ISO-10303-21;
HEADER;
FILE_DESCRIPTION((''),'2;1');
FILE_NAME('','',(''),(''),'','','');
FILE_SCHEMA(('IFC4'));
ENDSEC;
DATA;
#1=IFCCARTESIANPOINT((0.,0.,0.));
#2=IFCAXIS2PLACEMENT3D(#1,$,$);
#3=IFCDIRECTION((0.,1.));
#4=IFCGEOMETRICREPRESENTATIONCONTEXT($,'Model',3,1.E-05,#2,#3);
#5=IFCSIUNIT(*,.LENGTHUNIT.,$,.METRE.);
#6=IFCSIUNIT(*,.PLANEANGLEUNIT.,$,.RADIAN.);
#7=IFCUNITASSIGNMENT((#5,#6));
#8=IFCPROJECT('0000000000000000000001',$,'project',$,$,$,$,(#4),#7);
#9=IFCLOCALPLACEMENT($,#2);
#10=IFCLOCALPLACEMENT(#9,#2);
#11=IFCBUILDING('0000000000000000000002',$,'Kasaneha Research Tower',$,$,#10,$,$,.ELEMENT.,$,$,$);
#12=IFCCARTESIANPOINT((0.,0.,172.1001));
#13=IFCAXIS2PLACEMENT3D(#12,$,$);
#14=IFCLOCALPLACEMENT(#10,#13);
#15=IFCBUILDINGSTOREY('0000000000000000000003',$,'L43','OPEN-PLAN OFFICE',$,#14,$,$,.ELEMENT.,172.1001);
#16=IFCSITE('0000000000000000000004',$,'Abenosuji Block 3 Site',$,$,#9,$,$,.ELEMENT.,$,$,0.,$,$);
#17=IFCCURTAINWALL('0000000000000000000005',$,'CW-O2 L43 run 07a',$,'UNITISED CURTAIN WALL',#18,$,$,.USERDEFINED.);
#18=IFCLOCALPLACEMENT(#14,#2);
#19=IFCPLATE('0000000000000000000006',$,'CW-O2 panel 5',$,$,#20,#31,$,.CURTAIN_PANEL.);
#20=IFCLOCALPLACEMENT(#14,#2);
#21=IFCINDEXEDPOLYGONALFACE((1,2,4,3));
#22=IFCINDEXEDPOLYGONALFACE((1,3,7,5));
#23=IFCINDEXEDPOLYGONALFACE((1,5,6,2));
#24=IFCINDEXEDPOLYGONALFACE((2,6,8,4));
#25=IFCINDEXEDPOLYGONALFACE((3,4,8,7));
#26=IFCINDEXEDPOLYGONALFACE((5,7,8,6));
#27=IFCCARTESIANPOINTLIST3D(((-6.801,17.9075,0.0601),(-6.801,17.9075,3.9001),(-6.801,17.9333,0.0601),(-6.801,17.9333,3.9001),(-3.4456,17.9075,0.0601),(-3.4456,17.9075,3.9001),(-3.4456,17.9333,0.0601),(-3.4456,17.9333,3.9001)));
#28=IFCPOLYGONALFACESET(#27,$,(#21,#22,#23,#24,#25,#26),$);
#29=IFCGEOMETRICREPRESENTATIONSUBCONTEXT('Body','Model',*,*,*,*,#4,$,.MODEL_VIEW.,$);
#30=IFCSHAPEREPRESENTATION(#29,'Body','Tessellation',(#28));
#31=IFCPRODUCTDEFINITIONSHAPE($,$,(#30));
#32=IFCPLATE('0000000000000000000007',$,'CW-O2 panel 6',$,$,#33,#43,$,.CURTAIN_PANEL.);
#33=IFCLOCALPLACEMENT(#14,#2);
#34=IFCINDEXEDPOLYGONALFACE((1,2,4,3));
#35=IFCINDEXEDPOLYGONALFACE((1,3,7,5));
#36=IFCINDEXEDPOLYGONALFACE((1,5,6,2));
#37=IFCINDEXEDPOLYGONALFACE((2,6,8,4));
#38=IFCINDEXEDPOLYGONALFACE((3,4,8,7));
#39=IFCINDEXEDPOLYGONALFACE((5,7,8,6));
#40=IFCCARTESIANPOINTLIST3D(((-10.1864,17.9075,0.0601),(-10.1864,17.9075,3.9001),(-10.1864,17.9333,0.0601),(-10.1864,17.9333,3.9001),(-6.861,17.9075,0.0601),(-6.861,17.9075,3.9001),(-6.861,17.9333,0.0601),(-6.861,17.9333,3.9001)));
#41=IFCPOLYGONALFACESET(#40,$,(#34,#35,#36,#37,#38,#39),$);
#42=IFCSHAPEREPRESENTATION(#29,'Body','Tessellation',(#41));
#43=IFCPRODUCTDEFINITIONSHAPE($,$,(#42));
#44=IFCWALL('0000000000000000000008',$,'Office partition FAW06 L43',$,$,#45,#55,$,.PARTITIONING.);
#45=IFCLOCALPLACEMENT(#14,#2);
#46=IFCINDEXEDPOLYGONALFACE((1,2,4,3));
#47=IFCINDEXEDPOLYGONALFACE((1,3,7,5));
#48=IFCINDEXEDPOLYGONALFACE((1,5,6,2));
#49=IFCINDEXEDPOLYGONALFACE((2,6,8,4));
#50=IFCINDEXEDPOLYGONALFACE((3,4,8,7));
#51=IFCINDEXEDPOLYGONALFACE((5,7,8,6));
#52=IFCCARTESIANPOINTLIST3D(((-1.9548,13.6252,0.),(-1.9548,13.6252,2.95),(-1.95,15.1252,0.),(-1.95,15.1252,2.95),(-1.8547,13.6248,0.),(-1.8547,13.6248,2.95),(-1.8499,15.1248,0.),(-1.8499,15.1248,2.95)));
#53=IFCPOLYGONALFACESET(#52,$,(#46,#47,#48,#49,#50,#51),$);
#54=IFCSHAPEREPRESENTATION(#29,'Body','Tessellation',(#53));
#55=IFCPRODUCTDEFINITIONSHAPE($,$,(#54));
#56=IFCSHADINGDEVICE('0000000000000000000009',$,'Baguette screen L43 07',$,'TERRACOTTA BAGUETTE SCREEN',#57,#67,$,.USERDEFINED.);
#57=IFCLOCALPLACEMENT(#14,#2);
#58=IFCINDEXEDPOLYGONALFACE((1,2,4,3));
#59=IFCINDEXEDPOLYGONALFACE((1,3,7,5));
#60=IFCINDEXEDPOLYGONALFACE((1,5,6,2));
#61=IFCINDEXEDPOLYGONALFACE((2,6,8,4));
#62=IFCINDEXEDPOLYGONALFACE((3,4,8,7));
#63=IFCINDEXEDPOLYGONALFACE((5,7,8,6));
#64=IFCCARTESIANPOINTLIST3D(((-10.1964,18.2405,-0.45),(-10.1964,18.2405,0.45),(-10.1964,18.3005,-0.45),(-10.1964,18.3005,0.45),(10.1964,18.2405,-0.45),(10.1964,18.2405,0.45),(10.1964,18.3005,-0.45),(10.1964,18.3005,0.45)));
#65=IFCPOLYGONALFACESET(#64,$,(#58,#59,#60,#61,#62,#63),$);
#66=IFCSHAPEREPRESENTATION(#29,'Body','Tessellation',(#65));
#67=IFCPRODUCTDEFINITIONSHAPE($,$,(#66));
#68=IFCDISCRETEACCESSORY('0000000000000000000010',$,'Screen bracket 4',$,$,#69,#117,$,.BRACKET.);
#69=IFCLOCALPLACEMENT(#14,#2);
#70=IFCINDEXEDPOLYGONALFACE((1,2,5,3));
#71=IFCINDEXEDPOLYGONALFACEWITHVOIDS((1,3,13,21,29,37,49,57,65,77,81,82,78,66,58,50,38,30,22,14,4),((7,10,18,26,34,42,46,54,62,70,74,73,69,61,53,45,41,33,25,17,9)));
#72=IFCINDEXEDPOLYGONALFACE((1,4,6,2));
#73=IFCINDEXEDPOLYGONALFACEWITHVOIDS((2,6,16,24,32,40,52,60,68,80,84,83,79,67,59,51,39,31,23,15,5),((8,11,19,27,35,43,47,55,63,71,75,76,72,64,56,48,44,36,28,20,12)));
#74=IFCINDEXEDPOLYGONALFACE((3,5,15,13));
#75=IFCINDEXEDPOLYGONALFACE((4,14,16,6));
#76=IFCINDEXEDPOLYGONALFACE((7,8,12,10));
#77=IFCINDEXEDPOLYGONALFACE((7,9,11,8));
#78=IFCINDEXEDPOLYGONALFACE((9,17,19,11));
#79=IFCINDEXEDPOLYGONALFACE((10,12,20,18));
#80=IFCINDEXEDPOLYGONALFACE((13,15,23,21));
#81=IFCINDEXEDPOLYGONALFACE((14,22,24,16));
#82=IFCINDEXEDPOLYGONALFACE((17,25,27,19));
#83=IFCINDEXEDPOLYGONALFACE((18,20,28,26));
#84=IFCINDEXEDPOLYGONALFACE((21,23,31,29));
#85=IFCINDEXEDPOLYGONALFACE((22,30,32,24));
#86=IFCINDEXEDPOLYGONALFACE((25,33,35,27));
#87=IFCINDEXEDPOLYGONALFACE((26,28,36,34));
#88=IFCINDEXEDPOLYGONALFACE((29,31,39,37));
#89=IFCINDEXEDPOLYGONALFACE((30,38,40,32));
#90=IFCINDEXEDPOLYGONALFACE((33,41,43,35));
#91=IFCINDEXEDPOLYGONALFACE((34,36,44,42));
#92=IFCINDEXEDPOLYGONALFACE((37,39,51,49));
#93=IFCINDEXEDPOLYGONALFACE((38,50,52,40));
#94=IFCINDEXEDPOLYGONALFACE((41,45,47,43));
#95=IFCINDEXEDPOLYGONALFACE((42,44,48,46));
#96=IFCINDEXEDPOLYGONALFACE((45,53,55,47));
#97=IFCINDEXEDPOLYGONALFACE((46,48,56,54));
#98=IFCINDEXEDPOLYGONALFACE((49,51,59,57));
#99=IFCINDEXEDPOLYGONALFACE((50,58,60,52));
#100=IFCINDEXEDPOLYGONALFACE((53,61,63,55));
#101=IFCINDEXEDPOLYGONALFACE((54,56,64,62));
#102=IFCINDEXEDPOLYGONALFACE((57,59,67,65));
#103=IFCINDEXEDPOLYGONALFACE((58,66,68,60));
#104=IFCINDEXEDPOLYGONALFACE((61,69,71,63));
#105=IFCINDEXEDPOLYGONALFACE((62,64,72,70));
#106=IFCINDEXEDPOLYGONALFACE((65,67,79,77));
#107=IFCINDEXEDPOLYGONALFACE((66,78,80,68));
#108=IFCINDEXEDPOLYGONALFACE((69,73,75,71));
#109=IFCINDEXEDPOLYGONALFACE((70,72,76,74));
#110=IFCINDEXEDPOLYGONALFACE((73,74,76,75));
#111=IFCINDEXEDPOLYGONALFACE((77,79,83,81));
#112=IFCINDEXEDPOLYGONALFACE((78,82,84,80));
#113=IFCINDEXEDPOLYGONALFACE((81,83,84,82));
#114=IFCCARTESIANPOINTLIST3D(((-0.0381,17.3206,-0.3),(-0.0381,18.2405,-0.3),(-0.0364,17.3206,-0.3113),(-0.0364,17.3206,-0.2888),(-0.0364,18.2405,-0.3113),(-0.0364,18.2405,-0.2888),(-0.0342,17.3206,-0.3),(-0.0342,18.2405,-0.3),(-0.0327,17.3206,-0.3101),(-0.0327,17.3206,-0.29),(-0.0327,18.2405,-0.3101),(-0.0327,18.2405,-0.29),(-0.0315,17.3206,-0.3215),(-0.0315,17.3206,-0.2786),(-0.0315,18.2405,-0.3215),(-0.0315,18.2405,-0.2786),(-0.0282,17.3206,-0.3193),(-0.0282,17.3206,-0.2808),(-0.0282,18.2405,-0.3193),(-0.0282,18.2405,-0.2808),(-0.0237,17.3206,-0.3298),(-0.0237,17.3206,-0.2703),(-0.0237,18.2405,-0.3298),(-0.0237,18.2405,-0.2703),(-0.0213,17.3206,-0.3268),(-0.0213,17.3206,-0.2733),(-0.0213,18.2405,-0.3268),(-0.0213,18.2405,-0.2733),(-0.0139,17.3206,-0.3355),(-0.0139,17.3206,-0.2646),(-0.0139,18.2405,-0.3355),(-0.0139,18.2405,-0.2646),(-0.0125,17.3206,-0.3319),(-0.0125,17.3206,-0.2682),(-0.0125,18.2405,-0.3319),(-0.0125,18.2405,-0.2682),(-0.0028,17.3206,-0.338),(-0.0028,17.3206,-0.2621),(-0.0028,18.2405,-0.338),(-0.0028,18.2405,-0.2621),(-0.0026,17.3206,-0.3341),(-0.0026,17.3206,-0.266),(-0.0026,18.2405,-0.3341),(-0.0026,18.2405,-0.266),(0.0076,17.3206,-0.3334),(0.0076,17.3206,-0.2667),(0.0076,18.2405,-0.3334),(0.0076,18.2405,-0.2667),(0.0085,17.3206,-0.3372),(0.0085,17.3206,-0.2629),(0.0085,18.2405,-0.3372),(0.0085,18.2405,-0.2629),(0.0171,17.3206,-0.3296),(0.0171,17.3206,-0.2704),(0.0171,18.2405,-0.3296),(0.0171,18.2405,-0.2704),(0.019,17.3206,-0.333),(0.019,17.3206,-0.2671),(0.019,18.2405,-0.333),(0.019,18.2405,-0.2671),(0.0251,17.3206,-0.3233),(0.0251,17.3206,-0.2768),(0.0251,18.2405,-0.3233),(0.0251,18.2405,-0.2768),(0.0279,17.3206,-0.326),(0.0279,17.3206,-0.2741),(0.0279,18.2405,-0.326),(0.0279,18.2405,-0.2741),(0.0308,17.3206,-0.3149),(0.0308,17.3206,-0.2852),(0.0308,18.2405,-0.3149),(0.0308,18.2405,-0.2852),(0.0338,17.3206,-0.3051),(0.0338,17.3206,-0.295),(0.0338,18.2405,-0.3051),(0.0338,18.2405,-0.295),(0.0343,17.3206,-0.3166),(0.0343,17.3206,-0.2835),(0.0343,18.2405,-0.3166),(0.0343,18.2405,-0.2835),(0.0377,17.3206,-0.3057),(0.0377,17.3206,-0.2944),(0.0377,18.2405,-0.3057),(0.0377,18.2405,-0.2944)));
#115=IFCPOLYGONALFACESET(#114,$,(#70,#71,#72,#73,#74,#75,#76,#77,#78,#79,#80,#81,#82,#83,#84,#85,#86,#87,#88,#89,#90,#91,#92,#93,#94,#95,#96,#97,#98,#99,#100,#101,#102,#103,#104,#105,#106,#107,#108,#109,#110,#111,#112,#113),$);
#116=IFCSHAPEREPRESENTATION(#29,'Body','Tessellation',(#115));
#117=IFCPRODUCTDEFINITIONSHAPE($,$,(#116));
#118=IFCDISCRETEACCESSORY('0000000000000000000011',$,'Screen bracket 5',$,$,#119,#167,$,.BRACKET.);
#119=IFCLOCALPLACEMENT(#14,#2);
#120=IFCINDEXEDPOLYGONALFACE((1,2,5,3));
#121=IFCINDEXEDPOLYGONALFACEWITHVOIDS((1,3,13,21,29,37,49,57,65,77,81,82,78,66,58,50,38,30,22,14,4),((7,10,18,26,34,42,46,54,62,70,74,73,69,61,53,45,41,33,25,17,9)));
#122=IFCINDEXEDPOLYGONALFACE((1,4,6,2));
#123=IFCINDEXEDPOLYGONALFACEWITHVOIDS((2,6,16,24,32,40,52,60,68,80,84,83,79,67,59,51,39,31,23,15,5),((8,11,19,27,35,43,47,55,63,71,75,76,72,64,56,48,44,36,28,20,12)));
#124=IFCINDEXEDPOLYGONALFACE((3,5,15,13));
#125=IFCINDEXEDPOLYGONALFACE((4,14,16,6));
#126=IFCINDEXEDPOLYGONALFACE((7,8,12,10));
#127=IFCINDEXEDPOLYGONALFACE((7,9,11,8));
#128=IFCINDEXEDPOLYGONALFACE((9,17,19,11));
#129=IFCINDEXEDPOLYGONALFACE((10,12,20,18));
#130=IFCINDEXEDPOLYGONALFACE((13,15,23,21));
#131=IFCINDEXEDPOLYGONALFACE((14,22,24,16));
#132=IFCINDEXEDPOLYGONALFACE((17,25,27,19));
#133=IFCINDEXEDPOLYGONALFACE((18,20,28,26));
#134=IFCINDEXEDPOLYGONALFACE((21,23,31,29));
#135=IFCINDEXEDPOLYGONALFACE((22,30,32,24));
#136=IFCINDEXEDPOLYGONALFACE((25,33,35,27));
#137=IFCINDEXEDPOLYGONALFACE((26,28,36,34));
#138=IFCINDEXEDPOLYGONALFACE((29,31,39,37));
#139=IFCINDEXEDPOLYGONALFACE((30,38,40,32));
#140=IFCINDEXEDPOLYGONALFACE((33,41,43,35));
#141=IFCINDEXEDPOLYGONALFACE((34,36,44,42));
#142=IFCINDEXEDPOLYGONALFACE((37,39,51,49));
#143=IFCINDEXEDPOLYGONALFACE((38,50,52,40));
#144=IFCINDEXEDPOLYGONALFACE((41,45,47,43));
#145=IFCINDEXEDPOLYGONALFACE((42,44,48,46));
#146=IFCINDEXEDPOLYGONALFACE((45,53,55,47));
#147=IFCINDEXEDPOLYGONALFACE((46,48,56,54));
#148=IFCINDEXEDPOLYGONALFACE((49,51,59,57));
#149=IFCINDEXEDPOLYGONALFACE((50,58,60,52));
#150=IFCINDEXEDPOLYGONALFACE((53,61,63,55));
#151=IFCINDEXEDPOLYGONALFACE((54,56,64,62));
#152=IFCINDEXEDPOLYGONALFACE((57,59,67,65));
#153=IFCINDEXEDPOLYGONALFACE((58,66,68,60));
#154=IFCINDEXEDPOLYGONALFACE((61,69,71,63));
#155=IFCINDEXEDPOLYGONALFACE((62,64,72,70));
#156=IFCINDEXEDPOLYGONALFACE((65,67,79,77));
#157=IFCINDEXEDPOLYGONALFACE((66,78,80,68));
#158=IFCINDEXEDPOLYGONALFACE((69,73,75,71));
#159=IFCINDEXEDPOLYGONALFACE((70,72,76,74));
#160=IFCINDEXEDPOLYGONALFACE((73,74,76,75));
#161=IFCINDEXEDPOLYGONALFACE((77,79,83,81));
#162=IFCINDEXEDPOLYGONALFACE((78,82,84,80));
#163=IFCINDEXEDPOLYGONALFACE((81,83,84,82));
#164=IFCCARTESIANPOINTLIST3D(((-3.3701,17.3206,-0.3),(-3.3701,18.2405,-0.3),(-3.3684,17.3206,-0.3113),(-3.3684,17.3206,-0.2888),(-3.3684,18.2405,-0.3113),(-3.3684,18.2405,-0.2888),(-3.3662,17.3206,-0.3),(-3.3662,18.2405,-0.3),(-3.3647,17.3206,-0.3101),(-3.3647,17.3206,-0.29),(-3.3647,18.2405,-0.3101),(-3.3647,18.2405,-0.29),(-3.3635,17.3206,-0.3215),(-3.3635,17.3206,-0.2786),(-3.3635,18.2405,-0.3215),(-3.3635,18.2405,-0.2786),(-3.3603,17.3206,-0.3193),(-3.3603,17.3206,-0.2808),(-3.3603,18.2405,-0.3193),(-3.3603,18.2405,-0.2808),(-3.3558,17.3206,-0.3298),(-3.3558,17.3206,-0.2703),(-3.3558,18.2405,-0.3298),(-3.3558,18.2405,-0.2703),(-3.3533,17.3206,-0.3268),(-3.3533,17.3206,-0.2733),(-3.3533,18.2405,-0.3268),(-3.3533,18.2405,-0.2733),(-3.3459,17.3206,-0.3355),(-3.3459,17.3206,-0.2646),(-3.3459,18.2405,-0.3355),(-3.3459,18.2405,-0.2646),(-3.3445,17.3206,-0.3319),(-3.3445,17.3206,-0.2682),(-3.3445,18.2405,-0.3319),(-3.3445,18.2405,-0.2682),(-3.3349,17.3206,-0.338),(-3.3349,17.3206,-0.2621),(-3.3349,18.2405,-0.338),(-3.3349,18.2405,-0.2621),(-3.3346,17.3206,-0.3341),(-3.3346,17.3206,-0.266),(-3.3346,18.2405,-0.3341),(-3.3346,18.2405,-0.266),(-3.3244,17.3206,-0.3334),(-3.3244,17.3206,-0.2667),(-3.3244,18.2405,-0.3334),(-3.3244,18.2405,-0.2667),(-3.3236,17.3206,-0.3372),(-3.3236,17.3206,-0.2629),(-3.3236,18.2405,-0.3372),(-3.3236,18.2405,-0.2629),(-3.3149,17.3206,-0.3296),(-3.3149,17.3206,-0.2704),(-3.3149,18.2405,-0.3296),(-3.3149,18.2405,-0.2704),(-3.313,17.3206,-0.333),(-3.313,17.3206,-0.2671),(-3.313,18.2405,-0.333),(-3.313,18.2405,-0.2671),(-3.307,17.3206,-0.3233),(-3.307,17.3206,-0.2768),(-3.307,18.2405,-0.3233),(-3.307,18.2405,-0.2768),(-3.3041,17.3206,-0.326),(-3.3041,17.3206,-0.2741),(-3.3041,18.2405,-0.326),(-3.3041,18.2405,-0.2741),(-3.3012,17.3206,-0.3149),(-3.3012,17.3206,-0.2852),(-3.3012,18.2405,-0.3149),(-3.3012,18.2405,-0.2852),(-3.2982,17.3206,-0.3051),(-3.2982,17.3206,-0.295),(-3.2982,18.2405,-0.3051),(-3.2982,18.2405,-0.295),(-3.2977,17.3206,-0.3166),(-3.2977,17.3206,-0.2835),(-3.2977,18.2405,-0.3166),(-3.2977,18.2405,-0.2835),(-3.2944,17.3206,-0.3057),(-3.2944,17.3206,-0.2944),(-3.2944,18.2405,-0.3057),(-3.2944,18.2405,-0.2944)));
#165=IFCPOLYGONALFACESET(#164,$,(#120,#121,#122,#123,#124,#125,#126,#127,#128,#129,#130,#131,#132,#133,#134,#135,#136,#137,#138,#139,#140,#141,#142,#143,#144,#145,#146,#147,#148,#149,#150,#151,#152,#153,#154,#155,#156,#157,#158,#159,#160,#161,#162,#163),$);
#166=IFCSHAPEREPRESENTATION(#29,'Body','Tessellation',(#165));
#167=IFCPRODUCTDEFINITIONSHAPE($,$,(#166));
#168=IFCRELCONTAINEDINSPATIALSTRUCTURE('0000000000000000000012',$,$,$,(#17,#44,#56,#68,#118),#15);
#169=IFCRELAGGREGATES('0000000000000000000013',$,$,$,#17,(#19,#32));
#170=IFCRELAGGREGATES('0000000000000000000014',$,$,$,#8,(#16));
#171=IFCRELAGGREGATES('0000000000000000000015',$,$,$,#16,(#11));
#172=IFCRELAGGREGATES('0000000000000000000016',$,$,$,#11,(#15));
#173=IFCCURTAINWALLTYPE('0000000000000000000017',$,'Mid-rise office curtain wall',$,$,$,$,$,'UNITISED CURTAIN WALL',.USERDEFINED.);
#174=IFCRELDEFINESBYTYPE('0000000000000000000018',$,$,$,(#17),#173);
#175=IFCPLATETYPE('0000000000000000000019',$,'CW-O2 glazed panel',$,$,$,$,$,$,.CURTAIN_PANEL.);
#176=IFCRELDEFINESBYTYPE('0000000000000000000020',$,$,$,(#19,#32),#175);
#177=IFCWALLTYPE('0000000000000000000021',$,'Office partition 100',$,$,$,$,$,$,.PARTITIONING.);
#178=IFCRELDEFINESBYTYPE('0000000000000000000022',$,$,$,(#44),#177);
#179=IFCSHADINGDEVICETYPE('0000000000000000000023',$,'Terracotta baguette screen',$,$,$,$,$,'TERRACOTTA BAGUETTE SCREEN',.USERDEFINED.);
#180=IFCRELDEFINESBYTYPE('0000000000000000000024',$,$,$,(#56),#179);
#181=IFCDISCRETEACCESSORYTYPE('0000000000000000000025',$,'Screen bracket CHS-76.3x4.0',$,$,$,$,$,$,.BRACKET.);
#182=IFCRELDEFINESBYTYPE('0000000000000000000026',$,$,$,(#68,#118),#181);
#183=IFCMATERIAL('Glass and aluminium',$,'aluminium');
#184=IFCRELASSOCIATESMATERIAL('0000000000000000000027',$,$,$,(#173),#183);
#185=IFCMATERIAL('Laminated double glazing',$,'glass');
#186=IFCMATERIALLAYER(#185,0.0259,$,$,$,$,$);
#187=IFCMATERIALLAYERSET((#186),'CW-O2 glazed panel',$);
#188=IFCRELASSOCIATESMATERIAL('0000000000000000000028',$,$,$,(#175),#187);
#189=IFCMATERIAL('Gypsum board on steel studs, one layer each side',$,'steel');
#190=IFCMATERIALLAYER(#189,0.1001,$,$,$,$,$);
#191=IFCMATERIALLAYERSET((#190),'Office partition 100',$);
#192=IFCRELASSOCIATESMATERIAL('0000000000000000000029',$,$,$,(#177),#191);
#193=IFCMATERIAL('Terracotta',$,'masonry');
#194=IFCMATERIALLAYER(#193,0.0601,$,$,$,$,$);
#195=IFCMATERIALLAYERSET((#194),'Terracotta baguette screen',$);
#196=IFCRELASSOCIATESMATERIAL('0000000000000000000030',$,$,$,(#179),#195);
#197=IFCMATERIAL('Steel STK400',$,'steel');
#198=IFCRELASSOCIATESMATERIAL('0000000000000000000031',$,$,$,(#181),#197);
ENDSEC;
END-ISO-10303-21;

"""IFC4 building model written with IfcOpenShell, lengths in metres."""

from ifc_helpers import new_model, si_unit, direction, frame, frame_2d, origin, origin_2d, place, context, subcontext, project, spatial, rectangle, hollow_circle, extrude, material, layer, layer_set, material_profile, profile_set, type_object, element, aggregate, save


model = new_model("IFC4")

# Units and contexts
model_context = context("Model", 3, precision=1e-05, world=origin(), true_north=direction((0.0, 1.0)))
body_context = subcontext(model_context, "Body", "Model", "MODEL_VIEW")
ifc_project = project(units=[si_unit("LENGTHUNIT", "METRE"), si_unit("PLANEANGLEUNIT", "RADIAN")], contexts=[model_context])

# Site, building, storey
site_placement = place(None, origin())
site = spatial("IfcSite", under=ifc_project, at=site_placement, Name="Abenosuji Block 3 Site", CompositionType="ELEMENT", RefElevation=0.0)
building_placement = place(site_placement, origin())
building = spatial("IfcBuilding", under=site, at=building_placement, Name="Kasaneha Research Tower", CompositionType="ELEMENT")
storey_placement = place(building_placement, frame((0.0, 0.0, 172.1001)))
storey = spatial("IfcBuildingStorey", under=building, at=storey_placement, Name="L43", Description="OPEN-PLAN OFFICE", CompositionType="ELEMENT", Elevation=172.1001)

# Curtain wall, plates
ifc_material_1 = material(Name="Glass and aluminium", Category="aluminium")
curtain_wall_type = type_object("IfcCurtainWallType", Name="Mid-rise office curtain wall", ElementType="UNITISED CURTAIN WALL", PredefinedType="USERDEFINED", material=ifc_material_1)
curtain_wall_placement = place(storey_placement, origin())
curtain_wall = element("IfcCurtainWall", 1, at=curtain_wall_placement, inside=storey, type_object=curtain_wall_type, Name="CW-O2 L43 run 07a", ObjectType="UNITISED CURTAIN WALL", PredefinedType="USERDEFINED")
ifc_material_2 = material(Name="Laminated double glazing", Category="glass")
ifc_layer_1 = layer(ifc_material_2, 0.0259)
ifc_layer_set_1 = layer_set([ifc_layer_1], Name="CW-O2 glazed panel")
plate_type = type_object("IfcPlateType", Name="CW-O2 glazed panel", PredefinedType="CURTAIN_PANEL", material=ifc_layer_set_1)
plate_1_placement = place(storey_placement, frame((-5.1233, 17.9204, 0.0601), z_axis=(0.0, 0.0, 1.0), x_axis=(-1.0, 0.0, 0.0)))
plate_1 = element("IfcPlate", 2, at=plate_1_placement, type_object=plate_type, Name="CW-O2 panel 5", PredefinedType="CURTAIN_PANEL", context=body_context, shape_type="SweptSolid", body=[
    extrude(rectangle(XDim=3.3555, YDim=0.0259, at=origin_2d()), origin(), (0.0, 0.0, 1.0), 3.8401),
])
plate_2_placement = place(storey_placement, frame((-8.5237, 17.9204, 0.0601), z_axis=(0.0, 0.0, 1.0), x_axis=(-1.0, 0.0, 0.0)))
plate_2 = element("IfcPlate", 3, at=plate_2_placement, type_object=plate_type, Name="CW-O2 panel 6", PredefinedType="CURTAIN_PANEL", context=body_context, shape_type="SweptSolid", body=[
    extrude(rectangle(XDim=3.3254, YDim=0.0259, at=origin_2d()), origin(), (0.0, 0.0, 1.0), 3.8401),
])
aggregate(curtain_wall, [plate_1, plate_2])

# Wall
ifc_material_3 = material(Name="Gypsum board on steel studs, one layer each side", Category="steel")
ifc_layer_2 = layer(ifc_material_3, 0.1001)
ifc_layer_set_2 = layer_set([ifc_layer_2], Name="Office partition 100")
wall_type = type_object("IfcWallType", Name="Office partition 100", PredefinedType="PARTITIONING", material=ifc_layer_set_2)
wall_placement = place(storey_placement, frame((-1.8999, 15.125, 0.0), z_axis=(0.0, 0.0, 1.0), x_axis=(-0.003255, -0.999995, 0.0)))
element("IfcWall", 4, at=wall_placement, inside=storey, type_object=wall_type, Name="Office partition FAW06 L43", PredefinedType="PARTITIONING", context=body_context, shape_type="SweptSolid", body=[
    extrude(rectangle(XDim=1.5, YDim=0.1001, at=frame_2d((0.75, 0.0))), origin(), (0.0, 0.0, 1.0), 2.95),
])

# Shading device
ifc_material_4 = material(Name="Terracotta", Category="masonry")
ifc_layer_3 = layer(ifc_material_4, 0.0601)
ifc_layer_set_3 = layer_set([ifc_layer_3], Name="Terracotta baguette screen")
shading_device_type = type_object("IfcShadingDeviceType", Name="Terracotta baguette screen", ElementType="TERRACOTTA BAGUETTE SCREEN", PredefinedType="USERDEFINED", material=ifc_layer_set_3)
shading_device_placement = place(storey_placement, frame((0.0, 18.2705, -0.45), z_axis=(0.0, 0.0, 1.0), x_axis=(-1.0, 0.0, 0.0)))
element("IfcShadingDevice", 5, at=shading_device_placement, inside=storey, type_object=shading_device_type, Name="Baguette screen L43 07", ObjectType="TERRACOTTA BAGUETTE SCREEN", PredefinedType="USERDEFINED", context=body_context, shape_type="SweptSolid", body=[
    extrude(rectangle(XDim=20.3928, YDim=0.0601, at=origin_2d()), origin(), (0.0, 0.0, 1.0), 0.8999),
])

# Discrete accessories
ifc_material_5 = material(Name="Steel STK400", Category="steel")
ifc_material_profile_1 = material_profile(ifc_material_5, hollow_circle(Radius=0.0381, WallThickness=0.0039, at=origin_2d()), Name="CHS-76.3x4.0")
ifc_profile_set_1 = profile_set([ifc_material_profile_1], Name="Steel STK400")
discrete_accessory_type = type_object("IfcDiscreteAccessoryType", Name="Screen bracket CHS-76.3x4.0", PredefinedType="BRACKET", material=ifc_profile_set_1)
for number, where, z_axis, x_axis, name in (
    (6, (0.0, 17.3206, -0.3), (0.0, 1.0, 0.0), (-1.0, 0.0, 0.0), "Screen bracket 4"),
    (7, (-3.332, 17.3206, -0.3), (0.0, 1.0, 0.0), (-1.0, 0.0, 0.0), "Screen bracket 5"),
):
    element("IfcDiscreteAccessory", number, at=place(storey_placement, frame(where, z_axis=z_axis, x_axis=x_axis)), inside=storey, type_object=discrete_accessory_type, Name=name, PredefinedType="BRACKET", context=body_context, shape_type="SweptSolid", body=[
        extrude(hollow_circle(Radius=0.0381, WallThickness=0.0039, at=origin_2d()), origin(), (0.0, 0.0, 1.0), 0.9199),
    ])

save(model, "model.ifc")
